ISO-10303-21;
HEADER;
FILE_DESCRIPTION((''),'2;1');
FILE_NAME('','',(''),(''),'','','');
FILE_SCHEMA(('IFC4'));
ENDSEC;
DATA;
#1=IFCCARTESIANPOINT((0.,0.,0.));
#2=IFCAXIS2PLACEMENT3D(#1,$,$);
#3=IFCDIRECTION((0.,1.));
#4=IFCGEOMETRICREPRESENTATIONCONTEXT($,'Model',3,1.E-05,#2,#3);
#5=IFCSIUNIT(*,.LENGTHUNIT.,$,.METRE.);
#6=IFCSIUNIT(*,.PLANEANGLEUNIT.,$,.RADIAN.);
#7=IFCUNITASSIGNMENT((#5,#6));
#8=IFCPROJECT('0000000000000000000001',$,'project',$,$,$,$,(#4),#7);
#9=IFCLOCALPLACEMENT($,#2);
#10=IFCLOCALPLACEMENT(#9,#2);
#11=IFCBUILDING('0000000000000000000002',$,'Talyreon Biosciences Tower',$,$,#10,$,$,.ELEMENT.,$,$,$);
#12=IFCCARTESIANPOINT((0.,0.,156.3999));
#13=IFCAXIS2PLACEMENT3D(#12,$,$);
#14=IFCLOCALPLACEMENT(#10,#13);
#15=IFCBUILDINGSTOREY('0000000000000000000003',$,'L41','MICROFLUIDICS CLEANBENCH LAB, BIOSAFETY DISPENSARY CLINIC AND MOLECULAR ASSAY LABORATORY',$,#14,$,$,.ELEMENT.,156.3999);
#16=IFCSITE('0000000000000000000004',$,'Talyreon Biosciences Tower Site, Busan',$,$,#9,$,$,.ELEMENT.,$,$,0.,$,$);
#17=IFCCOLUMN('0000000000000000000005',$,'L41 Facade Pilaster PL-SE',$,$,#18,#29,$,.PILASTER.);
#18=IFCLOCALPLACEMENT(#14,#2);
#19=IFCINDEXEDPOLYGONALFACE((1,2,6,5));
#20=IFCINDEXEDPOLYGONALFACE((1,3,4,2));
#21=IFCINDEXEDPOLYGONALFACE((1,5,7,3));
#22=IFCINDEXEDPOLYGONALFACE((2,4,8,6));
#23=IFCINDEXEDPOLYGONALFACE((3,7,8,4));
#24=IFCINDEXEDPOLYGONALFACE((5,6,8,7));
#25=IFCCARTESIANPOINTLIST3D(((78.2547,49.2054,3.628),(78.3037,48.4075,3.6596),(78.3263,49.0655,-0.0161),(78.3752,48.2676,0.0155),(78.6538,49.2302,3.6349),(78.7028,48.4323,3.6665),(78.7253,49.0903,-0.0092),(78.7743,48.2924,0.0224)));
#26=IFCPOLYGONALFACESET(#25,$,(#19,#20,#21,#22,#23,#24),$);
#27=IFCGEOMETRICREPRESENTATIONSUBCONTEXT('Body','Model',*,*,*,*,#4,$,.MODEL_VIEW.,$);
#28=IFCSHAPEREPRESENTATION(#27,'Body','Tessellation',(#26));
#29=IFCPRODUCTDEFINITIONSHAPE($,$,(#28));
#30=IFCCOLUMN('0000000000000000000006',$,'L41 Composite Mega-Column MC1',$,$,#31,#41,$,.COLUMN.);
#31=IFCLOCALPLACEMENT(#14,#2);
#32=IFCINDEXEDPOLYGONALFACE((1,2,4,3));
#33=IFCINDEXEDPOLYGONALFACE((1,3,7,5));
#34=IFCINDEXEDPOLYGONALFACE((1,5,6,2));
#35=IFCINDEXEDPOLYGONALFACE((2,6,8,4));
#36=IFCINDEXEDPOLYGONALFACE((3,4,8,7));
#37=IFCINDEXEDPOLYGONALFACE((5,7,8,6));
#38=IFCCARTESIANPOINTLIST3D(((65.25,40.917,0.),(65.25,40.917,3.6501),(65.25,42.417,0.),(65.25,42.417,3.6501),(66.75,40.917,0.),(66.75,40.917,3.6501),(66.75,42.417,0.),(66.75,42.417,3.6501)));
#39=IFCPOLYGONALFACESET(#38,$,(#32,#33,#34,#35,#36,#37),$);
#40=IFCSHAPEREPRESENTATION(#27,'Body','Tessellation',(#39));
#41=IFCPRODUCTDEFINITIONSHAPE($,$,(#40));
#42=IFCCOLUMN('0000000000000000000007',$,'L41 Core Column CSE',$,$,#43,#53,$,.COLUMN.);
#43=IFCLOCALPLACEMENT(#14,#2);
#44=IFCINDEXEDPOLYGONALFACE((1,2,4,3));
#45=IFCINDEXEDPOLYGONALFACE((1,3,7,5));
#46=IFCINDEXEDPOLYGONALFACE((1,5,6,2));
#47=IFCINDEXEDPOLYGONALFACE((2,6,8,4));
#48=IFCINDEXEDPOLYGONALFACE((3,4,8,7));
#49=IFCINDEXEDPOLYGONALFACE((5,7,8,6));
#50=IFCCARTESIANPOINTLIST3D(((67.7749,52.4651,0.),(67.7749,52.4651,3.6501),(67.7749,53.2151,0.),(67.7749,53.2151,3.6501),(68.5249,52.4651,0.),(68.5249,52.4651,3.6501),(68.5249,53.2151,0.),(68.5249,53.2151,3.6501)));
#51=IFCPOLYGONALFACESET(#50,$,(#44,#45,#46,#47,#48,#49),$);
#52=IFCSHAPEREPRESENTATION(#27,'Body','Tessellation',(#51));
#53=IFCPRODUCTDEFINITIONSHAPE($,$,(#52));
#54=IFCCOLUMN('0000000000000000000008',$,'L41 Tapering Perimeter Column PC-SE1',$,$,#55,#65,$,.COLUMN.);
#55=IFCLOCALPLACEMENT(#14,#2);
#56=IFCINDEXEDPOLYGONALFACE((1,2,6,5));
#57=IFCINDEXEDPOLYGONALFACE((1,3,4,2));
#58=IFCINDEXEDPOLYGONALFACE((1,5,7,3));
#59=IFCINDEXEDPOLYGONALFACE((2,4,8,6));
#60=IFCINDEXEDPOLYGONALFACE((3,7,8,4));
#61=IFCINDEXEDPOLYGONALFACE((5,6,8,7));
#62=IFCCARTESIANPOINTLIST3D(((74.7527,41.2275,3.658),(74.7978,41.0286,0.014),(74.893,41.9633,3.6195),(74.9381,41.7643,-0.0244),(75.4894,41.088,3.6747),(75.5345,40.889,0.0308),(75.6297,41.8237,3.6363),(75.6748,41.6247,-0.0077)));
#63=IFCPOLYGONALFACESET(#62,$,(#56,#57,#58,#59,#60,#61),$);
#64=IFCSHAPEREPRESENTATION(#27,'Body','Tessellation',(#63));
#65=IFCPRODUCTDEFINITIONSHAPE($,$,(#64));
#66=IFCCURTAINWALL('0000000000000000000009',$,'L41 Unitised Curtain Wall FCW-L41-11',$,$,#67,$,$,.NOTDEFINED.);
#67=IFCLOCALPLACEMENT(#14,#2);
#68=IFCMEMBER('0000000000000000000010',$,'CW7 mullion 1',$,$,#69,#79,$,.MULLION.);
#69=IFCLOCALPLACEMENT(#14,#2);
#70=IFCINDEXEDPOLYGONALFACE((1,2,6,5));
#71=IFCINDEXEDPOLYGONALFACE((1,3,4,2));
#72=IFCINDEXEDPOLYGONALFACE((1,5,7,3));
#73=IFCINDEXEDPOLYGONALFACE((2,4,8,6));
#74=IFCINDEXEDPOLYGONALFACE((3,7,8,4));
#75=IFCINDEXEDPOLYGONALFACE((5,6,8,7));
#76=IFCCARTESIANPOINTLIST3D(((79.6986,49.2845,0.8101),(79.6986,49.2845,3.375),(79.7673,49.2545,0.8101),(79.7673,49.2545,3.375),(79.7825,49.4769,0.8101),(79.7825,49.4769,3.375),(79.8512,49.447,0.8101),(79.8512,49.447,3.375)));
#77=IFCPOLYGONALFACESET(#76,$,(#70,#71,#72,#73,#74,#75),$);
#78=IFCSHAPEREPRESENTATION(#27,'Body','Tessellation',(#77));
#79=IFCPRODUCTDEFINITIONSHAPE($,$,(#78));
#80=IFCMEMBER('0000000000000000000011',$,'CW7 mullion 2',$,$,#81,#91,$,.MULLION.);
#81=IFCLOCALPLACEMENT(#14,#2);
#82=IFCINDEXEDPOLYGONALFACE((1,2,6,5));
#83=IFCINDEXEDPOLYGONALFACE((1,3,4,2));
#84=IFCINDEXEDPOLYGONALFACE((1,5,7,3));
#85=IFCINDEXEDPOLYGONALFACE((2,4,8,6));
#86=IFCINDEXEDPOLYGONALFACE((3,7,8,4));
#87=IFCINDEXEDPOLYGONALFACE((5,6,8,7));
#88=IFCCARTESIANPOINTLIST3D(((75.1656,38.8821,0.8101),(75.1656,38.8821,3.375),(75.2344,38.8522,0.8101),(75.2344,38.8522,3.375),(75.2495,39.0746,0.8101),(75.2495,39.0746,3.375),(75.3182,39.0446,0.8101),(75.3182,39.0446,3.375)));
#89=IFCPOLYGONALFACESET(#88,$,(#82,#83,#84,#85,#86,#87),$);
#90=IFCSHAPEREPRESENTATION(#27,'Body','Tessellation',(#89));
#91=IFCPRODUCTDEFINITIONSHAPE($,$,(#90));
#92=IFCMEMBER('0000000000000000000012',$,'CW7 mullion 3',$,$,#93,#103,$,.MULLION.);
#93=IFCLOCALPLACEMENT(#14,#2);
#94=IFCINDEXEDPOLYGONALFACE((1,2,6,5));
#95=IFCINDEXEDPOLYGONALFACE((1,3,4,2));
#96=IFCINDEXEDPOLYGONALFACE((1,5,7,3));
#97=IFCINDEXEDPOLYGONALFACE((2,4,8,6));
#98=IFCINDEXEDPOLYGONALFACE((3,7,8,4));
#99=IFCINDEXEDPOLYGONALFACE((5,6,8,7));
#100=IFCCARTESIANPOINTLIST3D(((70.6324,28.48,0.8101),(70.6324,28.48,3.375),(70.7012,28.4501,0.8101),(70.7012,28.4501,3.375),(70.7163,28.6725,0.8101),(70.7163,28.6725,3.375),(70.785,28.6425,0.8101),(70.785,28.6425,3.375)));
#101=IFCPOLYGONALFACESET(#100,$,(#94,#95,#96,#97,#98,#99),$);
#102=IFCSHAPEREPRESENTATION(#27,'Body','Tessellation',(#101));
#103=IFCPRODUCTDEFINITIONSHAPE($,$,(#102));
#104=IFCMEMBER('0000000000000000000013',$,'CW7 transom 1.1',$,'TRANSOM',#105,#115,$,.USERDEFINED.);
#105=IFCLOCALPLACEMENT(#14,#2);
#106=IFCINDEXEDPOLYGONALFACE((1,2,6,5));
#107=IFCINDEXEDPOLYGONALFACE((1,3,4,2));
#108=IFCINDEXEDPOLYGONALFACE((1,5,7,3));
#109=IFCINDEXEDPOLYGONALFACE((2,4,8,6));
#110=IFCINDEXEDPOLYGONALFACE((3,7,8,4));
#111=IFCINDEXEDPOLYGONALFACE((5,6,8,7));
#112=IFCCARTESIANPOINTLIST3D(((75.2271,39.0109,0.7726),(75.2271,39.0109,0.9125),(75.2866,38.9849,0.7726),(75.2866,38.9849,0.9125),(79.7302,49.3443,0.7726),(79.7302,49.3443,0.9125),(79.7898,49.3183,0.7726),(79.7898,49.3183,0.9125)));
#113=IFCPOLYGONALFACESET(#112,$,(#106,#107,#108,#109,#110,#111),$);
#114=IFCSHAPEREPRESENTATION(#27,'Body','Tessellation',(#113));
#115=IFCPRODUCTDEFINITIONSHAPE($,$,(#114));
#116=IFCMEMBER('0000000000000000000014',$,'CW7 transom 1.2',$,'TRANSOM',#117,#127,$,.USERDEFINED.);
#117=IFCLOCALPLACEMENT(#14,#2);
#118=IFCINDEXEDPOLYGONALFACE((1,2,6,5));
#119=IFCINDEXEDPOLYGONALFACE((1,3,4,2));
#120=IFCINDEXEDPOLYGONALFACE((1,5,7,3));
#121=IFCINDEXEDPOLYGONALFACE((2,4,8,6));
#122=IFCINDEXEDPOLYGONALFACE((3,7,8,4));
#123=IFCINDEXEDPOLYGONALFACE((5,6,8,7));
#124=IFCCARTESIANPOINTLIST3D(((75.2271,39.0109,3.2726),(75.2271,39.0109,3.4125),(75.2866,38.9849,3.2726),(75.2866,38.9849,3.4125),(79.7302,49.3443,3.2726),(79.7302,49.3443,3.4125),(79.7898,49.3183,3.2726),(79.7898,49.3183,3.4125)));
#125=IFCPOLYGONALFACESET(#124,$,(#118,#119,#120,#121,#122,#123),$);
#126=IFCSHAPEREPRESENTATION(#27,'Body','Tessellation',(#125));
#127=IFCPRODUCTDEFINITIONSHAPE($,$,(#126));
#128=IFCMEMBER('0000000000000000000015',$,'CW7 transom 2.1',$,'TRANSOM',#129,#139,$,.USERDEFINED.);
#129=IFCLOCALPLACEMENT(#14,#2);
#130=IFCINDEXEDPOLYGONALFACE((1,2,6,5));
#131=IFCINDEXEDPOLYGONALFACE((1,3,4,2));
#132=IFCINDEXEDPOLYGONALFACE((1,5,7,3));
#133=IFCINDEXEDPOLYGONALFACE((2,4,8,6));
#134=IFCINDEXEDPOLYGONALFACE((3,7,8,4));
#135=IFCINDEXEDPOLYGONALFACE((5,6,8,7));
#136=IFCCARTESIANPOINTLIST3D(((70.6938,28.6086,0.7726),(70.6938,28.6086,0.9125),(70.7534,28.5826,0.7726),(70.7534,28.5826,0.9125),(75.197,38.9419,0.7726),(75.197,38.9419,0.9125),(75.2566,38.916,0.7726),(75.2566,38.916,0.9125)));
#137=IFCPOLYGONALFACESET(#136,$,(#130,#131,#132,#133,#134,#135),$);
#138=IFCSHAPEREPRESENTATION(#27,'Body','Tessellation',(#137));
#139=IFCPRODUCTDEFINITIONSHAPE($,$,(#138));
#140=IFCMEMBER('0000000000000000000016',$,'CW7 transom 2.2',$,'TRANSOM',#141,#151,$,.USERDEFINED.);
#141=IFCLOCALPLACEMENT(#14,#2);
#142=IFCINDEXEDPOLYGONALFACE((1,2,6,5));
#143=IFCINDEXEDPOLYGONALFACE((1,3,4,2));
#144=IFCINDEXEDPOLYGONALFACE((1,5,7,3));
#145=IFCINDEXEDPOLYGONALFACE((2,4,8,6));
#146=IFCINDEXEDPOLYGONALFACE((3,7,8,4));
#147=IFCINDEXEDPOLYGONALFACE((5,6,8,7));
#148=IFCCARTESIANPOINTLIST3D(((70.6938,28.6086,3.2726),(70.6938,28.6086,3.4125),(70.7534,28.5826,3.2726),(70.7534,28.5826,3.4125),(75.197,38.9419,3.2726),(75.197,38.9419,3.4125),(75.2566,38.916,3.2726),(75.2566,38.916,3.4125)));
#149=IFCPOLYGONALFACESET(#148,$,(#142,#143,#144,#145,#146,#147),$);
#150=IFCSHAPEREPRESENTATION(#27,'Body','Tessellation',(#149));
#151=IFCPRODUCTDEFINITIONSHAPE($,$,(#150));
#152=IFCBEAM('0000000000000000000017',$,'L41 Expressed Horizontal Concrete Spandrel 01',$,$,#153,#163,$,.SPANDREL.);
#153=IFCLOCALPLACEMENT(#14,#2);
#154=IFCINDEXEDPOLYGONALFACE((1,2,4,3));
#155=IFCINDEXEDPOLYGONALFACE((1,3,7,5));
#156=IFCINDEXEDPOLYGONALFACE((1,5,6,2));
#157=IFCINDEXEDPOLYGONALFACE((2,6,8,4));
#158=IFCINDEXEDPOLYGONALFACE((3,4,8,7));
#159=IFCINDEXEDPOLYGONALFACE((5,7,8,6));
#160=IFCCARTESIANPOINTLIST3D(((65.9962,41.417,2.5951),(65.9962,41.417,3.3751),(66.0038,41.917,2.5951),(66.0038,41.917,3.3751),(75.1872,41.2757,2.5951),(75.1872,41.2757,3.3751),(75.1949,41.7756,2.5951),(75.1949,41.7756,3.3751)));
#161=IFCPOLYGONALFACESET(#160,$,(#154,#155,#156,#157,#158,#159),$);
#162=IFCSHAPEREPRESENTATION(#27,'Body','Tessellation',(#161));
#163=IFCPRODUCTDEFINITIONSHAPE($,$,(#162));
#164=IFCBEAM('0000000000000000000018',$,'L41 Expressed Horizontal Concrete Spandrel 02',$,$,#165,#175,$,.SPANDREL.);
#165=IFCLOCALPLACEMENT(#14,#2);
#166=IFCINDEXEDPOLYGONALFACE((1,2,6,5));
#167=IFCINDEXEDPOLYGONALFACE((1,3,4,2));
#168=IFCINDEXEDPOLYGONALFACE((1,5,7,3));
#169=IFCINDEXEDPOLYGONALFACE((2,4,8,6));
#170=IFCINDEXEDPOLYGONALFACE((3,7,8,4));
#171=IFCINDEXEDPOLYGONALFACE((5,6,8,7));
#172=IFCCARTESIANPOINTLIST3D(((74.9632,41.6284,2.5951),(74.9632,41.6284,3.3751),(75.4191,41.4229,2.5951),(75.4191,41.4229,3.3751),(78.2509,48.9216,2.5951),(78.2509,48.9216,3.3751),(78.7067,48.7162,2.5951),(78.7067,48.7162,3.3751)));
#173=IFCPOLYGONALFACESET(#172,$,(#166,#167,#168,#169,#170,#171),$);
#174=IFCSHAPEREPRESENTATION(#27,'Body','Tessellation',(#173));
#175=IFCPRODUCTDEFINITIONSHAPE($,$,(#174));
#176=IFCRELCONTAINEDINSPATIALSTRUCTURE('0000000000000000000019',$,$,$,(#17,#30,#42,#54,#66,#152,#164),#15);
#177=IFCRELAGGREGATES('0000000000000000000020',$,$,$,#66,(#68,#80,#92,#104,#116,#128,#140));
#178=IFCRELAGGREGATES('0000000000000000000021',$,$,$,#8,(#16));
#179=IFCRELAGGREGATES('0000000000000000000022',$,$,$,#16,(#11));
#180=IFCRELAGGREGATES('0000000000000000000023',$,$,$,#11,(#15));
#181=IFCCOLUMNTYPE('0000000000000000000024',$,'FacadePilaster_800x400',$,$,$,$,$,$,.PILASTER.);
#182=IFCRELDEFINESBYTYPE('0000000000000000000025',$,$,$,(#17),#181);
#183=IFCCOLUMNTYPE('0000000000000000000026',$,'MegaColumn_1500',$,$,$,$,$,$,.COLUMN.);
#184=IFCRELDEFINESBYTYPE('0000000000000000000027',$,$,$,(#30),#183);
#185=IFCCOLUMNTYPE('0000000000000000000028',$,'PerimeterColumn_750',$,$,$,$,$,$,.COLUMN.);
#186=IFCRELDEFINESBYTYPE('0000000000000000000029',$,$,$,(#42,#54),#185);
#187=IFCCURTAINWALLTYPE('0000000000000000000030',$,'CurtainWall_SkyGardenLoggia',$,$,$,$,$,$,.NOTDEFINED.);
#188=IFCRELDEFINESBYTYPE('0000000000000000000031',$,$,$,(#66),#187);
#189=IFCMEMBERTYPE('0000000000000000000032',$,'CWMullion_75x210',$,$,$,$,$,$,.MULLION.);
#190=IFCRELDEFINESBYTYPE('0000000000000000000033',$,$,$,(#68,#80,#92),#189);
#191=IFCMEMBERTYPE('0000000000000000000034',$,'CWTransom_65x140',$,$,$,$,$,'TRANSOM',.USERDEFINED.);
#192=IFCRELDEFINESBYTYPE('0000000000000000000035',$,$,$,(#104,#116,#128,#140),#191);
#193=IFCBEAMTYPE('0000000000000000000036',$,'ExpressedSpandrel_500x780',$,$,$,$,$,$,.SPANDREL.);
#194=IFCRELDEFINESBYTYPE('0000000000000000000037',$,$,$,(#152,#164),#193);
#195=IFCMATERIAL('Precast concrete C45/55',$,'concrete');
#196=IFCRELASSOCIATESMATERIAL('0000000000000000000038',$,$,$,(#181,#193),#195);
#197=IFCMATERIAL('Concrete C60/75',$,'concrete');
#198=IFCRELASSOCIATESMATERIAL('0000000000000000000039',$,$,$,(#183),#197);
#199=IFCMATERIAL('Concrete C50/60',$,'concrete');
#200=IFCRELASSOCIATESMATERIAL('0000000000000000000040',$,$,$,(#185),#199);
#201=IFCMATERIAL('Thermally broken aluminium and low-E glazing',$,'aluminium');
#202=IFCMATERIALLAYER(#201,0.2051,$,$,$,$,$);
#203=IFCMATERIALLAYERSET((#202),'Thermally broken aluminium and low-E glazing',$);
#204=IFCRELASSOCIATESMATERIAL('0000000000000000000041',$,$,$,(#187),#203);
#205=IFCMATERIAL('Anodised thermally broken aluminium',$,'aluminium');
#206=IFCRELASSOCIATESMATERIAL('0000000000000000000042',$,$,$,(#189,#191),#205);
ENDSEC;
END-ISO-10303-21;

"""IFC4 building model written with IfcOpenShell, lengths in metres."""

from ifc_helpers import new_model, si_unit, direction, frame, origin, origin_2d, place, context, subcontext, project, spatial, rectangle, extrude, material, layer, layer_set, material_profile, profile_set, type_object, element, aggregate, save


model = new_model("IFC4")

# Units and contexts
model_context = context("Model", 3, precision=1e-05, world=origin(), true_north=direction((0.0, 1.0)))
body_context = subcontext(model_context, "Body", "Model", "MODEL_VIEW")
ifc_project = project(units=[si_unit("LENGTHUNIT", "METRE"), si_unit("PLANEANGLEUNIT", "RADIAN")], contexts=[model_context])

# Site, building, storey
site_placement = place(None, origin())
site = spatial("IfcSite", under=ifc_project, at=site_placement, Name="Talyreon Biosciences Tower Site, Busan", CompositionType="ELEMENT", RefElevation=0.0)
building_placement = place(site_placement, origin())
building = spatial("IfcBuilding", under=site, at=building_placement, Name="Talyreon Biosciences Tower", CompositionType="ELEMENT")
storey_placement = place(building_placement, frame((0.0, 0.0, 156.3999)))
storey = spatial("IfcBuildingStorey", under=building, at=storey_placement, Name="L41", Description="MICROFLUIDICS CLEANBENCH LAB, BIOSAFETY DISPENSARY CLINIC AND MOLECULAR ASSAY LABORATORY", CompositionType="ELEMENT", Elevation=156.3999)

# Columns
ifc_material_1 = material(Name="Precast concrete C45/55", Category="concrete")
ifc_material_profile_1 = material_profile(ifc_material_1, rectangle(XDim=0.8, YDim=0.3999, at=origin_2d()), Name="RC 800x400")
ifc_profile_set_1 = profile_set([ifc_material_profile_1], Name="Precast concrete C45/55")
column_type_1 = type_object("IfcColumnType", Name="FacadePilaster_800x400", PredefinedType="PILASTER", material=ifc_profile_set_1)
column_1_placement = place(storey_placement, frame((78.5503, 48.679, 0.0032), z_axis=(-0.019612, 0.038354, 0.999072), x_axis=(0.061212, -0.997343, 0.039489)))
element("IfcColumn", 1, at=column_1_placement, inside=storey, type_object=column_type_1, Name="L41 Facade Pilaster PL-SE", PredefinedType="PILASTER", context=body_context, shape_type="SweptSolid", body=[
    extrude(rectangle(XDim=0.8, YDim=0.3999, at=origin_2d()), origin(), (0.0, 0.0, 1.0), 3.6475),
])
ifc_material_2 = material(Name="Concrete C60/75", Category="concrete")
ifc_material_profile_2 = material_profile(ifc_material_2, rectangle(XDim=1.5, YDim=1.5, at=origin_2d()), Name="RC 1500x1500")
ifc_profile_set_2 = profile_set([ifc_material_profile_2], Name="Concrete C60/75")
column_type_2 = type_object("IfcColumnType", Name="MegaColumn_1500", PredefinedType="COLUMN", material=ifc_profile_set_2)
column_2_placement = place(storey_placement, frame((66.0, 41.667, 0.0), z_axis=(0.0, 0.0, 1.0), x_axis=(1.0, 0.0, 0.0)))
element("IfcColumn", 2, at=column_2_placement, inside=storey, type_object=column_type_2, Name="L41 Composite Mega-Column MC1", PredefinedType="COLUMN", context=body_context, shape_type="SweptSolid", body=[
    extrude(rectangle(XDim=1.5, YDim=1.5, at=origin_2d()), origin(), (0.0, 0.0, 1.0), 3.6501),
])
ifc_material_3 = material(Name="Concrete C50/60", Category="concrete")
ifc_material_profile_3 = material_profile(ifc_material_3, rectangle(XDim=0.75, YDim=0.75, at=origin_2d()), Name="RC 750x750")
ifc_profile_set_3 = profile_set([ifc_material_profile_3], Name="Concrete C50/60")
column_type_3 = type_object("IfcColumnType", Name="PerimeterColumn_750", PredefinedType="COLUMN", material=ifc_profile_set_3)
column_3_placement = place(storey_placement, frame((68.1499, 52.8401, 0.0), z_axis=(0.0, 0.0, 1.0), x_axis=(1.0, 0.0, 0.0)))
element("IfcColumn", 3, at=column_3_placement, inside=storey, type_object=column_type_3, Name="L41 Core Column CSE", PredefinedType="COLUMN", context=body_context, shape_type="SweptSolid", body=[
    extrude(rectangle(XDim=0.75, YDim=0.75, at=origin_2d()), origin(), (0.0, 0.0, 1.0), 3.6501),
])
column_4_placement = place(storey_placement, frame((75.2363, 41.3267, 0.0032), z_axis=(-0.012375, 0.054517, 0.998436), x_axis=(-0.187046, -0.981014, 0.051248)))
element("IfcColumn", 4, at=column_4_placement, inside=storey, type_object=column_type_3, Name="L41 Tapering Perimeter Column PC-SE1", PredefinedType="COLUMN", context=body_context, shape_type="SweptSolid", body=[
    extrude(rectangle(XDim=0.75, YDim=0.75, at=origin_2d()), origin(), (0.0, 0.0, 1.0), 3.6497),
])

# Curtain wall, members
ifc_material_4 = material(Name="Thermally broken aluminium and low-E glazing", Category="aluminium")
ifc_layer_1 = layer(ifc_material_4, 0.2051)
ifc_layer_set_1 = layer_set([ifc_layer_1], Name="Thermally broken aluminium and low-E glazing")
curtain_wall_type = type_object("IfcCurtainWallType", Name="CurtainWall_SkyGardenLoggia", PredefinedType="NOTDEFINED", material=ifc_layer_set_1)
curtain_wall_placement = place(storey_placement, origin())
curtain_wall = element("IfcCurtainWall", 5, at=curtain_wall_placement, inside=storey, type_object=curtain_wall_type, Name="L41 Unitised Curtain Wall FCW-L41-11", PredefinedType="NOTDEFINED")
ifc_material_5 = material(Name="Anodised thermally broken aluminium", Category="aluminium")
ifc_material_profile_4 = material_profile(ifc_material_5, rectangle(XDim=0.075, YDim=0.21, at=origin_2d()), Name="ALUM MULLION 75x210")
ifc_profile_set_4 = profile_set([ifc_material_profile_4], Name="Anodised thermally broken aluminium")
member_type_1 = type_object("IfcMemberType", Name="CWMullion_75x210", PredefinedType="MULLION", material=ifc_profile_set_4)
member_1_placement = place(storey_placement, frame((79.7749, 49.3657, 0.8101), z_axis=(0.0, 0.0, 1.0), x_axis=(0.916732, -0.399503, 0.0)))
member_1 = element("IfcMember", 6, at=member_1_placement, type_object=member_type_1, Name="CW7 mullion 1", PredefinedType="MULLION", context=body_context, shape_type="SweptSolid", body=[
    extrude(rectangle(XDim=0.075, YDim=0.21, at=origin_2d()), origin(), (0.0, 0.0, 1.0), 2.5649),
])
member_2_placement = place(storey_placement, frame((75.2419, 38.9634, 0.8101), z_axis=(0.0, 0.0, 1.0), x_axis=(0.916732, -0.399503, 0.0)))
member_2 = element("IfcMember", 7, at=member_2_placement, type_object=member_type_1, Name="CW7 mullion 2", PredefinedType="MULLION", context=body_context, shape_type="SweptSolid", body=[
    extrude(rectangle(XDim=0.075, YDim=0.21, at=origin_2d()), origin(), (0.0, 0.0, 1.0), 2.5649),
])
member_3_placement = place(storey_placement, frame((70.7087, 28.5613, 0.8101), z_axis=(0.0, 0.0, 1.0), x_axis=(0.916732, -0.399503, 0.0)))
member_3 = element("IfcMember", 8, at=member_3_placement, type_object=member_type_1, Name="CW7 mullion 3", PredefinedType="MULLION", context=body_context, shape_type="SweptSolid", body=[
    extrude(rectangle(XDim=0.075, YDim=0.21, at=origin_2d()), origin(), (0.0, 0.0, 1.0), 2.5649),
])
ifc_material_profile_5 = material_profile(ifc_material_5, rectangle(XDim=0.0649, YDim=0.1399, at=origin_2d()), Name="ALUM TRANSOM 65x140")
ifc_profile_set_5 = profile_set([ifc_material_profile_5], Name="Anodised thermally broken aluminium")
member_type_2 = type_object("IfcMemberType", Name="CWTransom_65x140", ElementType="TRANSOM", PredefinedType="USERDEFINED", material=ifc_profile_set_5)
member_4_placement = place(storey_placement, frame((79.76, 49.3313, 0.8425), z_axis=(-0.399498, -0.916734, 0.0), x_axis=(0.916734, -0.399498, 0.0)))
member_4 = element("IfcMember", 9, at=member_4_placement, type_object=member_type_2, Name="CW7 transom 1.1", ObjectType="TRANSOM", PredefinedType="USERDEFINED", context=body_context, shape_type="SweptSolid", body=[
    extrude(rectangle(XDim=0.0649, YDim=0.1399, at=origin_2d()), origin(), (0.0, 0.0, 1.0), 11.272),
])
member_5_placement = place(storey_placement, frame((79.76, 49.3313, 3.3425), z_axis=(-0.399498, -0.916734, 0.0), x_axis=(0.916734, -0.399498, 0.0)))
member_5 = element("IfcMember", 10, at=member_5_placement, type_object=member_type_2, Name="CW7 transom 1.2", ObjectType="TRANSOM", PredefinedType="USERDEFINED", context=body_context, shape_type="SweptSolid", body=[
    extrude(rectangle(XDim=0.0649, YDim=0.1399, at=origin_2d()), origin(), (0.0, 0.0, 1.0), 11.272),
])
member_6_placement = place(storey_placement, frame((75.2268, 38.929, 0.8425), z_axis=(-0.399506, -0.916731, 0.0), x_axis=(0.916731, -0.399506, 0.0)))
member_6 = element("IfcMember", 11, at=member_6_placement, type_object=member_type_2, Name="CW7 transom 2.1", ObjectType="TRANSOM", PredefinedType="USERDEFINED", context=body_context, shape_type="SweptSolid", body=[
    extrude(rectangle(XDim=0.0649, YDim=0.1399, at=origin_2d()), origin(), (0.0, 0.0, 1.0), 11.272),
])
member_7_placement = place(storey_placement, frame((75.2268, 38.929, 3.3425), z_axis=(-0.399506, -0.916731, 0.0), x_axis=(0.916731, -0.399506, 0.0)))
member_7 = element("IfcMember", 12, at=member_7_placement, type_object=member_type_2, Name="CW7 transom 2.2", ObjectType="TRANSOM", PredefinedType="USERDEFINED", context=body_context, shape_type="SweptSolid", body=[
    extrude(rectangle(XDim=0.0649, YDim=0.1399, at=origin_2d()), origin(), (0.0, 0.0, 1.0), 11.272),
])

# Beams
ifc_material_profile_6 = material_profile(ifc_material_1, rectangle(XDim=0.5, YDim=0.78, at=origin_2d()), Name="RCB 500x780")
ifc_profile_set_6 = profile_set([ifc_material_profile_6], Name="Precast concrete C45/55")
beam_type_1 = type_object("IfcBeamType", Name="ExpressedSpandrel_500x780", PredefinedType="SPANDREL", material=ifc_profile_set_6)
beam_1_placement = place(storey_placement, frame((66.0, 41.667, 2.9851), z_axis=(0.999882, -0.015378, 0.0), x_axis=(0.015378, 0.999882, 0.0)))
element("IfcBeam", 13, at=beam_1_placement, inside=storey, type_object=beam_type_1, Name="L41 Expressed Horizontal Concrete Spandrel 01", PredefinedType="SPANDREL", context=body_context, shape_type="SweptSolid", body=[
    extrude(rectangle(XDim=0.5, YDim=0.78, at=origin_2d()), origin(), (0.0, 0.0, 1.0), 9.1921),
])
beam_2_placement = place(storey_placement, frame((75.1912, 41.5256, 2.9851), z_axis=(0.410952, 0.911657, 0.0), x_axis=(-0.911657, 0.410952, 0.0)))
element("IfcBeam", 14, at=beam_2_placement, inside=storey, type_object=beam_type_1, Name="L41 Expressed Horizontal Concrete Spandrel 02", PredefinedType="SPANDREL", context=body_context, shape_type="SweptSolid", body=[
    extrude(rectangle(XDim=0.5, YDim=0.78, at=origin_2d()), origin(), (0.0, 0.0, 1.0), 8.0),
])

aggregate(curtain_wall, [member_1, member_2, member_3, member_4, member_5, member_6, member_7])

save(model, "model.ifc")
